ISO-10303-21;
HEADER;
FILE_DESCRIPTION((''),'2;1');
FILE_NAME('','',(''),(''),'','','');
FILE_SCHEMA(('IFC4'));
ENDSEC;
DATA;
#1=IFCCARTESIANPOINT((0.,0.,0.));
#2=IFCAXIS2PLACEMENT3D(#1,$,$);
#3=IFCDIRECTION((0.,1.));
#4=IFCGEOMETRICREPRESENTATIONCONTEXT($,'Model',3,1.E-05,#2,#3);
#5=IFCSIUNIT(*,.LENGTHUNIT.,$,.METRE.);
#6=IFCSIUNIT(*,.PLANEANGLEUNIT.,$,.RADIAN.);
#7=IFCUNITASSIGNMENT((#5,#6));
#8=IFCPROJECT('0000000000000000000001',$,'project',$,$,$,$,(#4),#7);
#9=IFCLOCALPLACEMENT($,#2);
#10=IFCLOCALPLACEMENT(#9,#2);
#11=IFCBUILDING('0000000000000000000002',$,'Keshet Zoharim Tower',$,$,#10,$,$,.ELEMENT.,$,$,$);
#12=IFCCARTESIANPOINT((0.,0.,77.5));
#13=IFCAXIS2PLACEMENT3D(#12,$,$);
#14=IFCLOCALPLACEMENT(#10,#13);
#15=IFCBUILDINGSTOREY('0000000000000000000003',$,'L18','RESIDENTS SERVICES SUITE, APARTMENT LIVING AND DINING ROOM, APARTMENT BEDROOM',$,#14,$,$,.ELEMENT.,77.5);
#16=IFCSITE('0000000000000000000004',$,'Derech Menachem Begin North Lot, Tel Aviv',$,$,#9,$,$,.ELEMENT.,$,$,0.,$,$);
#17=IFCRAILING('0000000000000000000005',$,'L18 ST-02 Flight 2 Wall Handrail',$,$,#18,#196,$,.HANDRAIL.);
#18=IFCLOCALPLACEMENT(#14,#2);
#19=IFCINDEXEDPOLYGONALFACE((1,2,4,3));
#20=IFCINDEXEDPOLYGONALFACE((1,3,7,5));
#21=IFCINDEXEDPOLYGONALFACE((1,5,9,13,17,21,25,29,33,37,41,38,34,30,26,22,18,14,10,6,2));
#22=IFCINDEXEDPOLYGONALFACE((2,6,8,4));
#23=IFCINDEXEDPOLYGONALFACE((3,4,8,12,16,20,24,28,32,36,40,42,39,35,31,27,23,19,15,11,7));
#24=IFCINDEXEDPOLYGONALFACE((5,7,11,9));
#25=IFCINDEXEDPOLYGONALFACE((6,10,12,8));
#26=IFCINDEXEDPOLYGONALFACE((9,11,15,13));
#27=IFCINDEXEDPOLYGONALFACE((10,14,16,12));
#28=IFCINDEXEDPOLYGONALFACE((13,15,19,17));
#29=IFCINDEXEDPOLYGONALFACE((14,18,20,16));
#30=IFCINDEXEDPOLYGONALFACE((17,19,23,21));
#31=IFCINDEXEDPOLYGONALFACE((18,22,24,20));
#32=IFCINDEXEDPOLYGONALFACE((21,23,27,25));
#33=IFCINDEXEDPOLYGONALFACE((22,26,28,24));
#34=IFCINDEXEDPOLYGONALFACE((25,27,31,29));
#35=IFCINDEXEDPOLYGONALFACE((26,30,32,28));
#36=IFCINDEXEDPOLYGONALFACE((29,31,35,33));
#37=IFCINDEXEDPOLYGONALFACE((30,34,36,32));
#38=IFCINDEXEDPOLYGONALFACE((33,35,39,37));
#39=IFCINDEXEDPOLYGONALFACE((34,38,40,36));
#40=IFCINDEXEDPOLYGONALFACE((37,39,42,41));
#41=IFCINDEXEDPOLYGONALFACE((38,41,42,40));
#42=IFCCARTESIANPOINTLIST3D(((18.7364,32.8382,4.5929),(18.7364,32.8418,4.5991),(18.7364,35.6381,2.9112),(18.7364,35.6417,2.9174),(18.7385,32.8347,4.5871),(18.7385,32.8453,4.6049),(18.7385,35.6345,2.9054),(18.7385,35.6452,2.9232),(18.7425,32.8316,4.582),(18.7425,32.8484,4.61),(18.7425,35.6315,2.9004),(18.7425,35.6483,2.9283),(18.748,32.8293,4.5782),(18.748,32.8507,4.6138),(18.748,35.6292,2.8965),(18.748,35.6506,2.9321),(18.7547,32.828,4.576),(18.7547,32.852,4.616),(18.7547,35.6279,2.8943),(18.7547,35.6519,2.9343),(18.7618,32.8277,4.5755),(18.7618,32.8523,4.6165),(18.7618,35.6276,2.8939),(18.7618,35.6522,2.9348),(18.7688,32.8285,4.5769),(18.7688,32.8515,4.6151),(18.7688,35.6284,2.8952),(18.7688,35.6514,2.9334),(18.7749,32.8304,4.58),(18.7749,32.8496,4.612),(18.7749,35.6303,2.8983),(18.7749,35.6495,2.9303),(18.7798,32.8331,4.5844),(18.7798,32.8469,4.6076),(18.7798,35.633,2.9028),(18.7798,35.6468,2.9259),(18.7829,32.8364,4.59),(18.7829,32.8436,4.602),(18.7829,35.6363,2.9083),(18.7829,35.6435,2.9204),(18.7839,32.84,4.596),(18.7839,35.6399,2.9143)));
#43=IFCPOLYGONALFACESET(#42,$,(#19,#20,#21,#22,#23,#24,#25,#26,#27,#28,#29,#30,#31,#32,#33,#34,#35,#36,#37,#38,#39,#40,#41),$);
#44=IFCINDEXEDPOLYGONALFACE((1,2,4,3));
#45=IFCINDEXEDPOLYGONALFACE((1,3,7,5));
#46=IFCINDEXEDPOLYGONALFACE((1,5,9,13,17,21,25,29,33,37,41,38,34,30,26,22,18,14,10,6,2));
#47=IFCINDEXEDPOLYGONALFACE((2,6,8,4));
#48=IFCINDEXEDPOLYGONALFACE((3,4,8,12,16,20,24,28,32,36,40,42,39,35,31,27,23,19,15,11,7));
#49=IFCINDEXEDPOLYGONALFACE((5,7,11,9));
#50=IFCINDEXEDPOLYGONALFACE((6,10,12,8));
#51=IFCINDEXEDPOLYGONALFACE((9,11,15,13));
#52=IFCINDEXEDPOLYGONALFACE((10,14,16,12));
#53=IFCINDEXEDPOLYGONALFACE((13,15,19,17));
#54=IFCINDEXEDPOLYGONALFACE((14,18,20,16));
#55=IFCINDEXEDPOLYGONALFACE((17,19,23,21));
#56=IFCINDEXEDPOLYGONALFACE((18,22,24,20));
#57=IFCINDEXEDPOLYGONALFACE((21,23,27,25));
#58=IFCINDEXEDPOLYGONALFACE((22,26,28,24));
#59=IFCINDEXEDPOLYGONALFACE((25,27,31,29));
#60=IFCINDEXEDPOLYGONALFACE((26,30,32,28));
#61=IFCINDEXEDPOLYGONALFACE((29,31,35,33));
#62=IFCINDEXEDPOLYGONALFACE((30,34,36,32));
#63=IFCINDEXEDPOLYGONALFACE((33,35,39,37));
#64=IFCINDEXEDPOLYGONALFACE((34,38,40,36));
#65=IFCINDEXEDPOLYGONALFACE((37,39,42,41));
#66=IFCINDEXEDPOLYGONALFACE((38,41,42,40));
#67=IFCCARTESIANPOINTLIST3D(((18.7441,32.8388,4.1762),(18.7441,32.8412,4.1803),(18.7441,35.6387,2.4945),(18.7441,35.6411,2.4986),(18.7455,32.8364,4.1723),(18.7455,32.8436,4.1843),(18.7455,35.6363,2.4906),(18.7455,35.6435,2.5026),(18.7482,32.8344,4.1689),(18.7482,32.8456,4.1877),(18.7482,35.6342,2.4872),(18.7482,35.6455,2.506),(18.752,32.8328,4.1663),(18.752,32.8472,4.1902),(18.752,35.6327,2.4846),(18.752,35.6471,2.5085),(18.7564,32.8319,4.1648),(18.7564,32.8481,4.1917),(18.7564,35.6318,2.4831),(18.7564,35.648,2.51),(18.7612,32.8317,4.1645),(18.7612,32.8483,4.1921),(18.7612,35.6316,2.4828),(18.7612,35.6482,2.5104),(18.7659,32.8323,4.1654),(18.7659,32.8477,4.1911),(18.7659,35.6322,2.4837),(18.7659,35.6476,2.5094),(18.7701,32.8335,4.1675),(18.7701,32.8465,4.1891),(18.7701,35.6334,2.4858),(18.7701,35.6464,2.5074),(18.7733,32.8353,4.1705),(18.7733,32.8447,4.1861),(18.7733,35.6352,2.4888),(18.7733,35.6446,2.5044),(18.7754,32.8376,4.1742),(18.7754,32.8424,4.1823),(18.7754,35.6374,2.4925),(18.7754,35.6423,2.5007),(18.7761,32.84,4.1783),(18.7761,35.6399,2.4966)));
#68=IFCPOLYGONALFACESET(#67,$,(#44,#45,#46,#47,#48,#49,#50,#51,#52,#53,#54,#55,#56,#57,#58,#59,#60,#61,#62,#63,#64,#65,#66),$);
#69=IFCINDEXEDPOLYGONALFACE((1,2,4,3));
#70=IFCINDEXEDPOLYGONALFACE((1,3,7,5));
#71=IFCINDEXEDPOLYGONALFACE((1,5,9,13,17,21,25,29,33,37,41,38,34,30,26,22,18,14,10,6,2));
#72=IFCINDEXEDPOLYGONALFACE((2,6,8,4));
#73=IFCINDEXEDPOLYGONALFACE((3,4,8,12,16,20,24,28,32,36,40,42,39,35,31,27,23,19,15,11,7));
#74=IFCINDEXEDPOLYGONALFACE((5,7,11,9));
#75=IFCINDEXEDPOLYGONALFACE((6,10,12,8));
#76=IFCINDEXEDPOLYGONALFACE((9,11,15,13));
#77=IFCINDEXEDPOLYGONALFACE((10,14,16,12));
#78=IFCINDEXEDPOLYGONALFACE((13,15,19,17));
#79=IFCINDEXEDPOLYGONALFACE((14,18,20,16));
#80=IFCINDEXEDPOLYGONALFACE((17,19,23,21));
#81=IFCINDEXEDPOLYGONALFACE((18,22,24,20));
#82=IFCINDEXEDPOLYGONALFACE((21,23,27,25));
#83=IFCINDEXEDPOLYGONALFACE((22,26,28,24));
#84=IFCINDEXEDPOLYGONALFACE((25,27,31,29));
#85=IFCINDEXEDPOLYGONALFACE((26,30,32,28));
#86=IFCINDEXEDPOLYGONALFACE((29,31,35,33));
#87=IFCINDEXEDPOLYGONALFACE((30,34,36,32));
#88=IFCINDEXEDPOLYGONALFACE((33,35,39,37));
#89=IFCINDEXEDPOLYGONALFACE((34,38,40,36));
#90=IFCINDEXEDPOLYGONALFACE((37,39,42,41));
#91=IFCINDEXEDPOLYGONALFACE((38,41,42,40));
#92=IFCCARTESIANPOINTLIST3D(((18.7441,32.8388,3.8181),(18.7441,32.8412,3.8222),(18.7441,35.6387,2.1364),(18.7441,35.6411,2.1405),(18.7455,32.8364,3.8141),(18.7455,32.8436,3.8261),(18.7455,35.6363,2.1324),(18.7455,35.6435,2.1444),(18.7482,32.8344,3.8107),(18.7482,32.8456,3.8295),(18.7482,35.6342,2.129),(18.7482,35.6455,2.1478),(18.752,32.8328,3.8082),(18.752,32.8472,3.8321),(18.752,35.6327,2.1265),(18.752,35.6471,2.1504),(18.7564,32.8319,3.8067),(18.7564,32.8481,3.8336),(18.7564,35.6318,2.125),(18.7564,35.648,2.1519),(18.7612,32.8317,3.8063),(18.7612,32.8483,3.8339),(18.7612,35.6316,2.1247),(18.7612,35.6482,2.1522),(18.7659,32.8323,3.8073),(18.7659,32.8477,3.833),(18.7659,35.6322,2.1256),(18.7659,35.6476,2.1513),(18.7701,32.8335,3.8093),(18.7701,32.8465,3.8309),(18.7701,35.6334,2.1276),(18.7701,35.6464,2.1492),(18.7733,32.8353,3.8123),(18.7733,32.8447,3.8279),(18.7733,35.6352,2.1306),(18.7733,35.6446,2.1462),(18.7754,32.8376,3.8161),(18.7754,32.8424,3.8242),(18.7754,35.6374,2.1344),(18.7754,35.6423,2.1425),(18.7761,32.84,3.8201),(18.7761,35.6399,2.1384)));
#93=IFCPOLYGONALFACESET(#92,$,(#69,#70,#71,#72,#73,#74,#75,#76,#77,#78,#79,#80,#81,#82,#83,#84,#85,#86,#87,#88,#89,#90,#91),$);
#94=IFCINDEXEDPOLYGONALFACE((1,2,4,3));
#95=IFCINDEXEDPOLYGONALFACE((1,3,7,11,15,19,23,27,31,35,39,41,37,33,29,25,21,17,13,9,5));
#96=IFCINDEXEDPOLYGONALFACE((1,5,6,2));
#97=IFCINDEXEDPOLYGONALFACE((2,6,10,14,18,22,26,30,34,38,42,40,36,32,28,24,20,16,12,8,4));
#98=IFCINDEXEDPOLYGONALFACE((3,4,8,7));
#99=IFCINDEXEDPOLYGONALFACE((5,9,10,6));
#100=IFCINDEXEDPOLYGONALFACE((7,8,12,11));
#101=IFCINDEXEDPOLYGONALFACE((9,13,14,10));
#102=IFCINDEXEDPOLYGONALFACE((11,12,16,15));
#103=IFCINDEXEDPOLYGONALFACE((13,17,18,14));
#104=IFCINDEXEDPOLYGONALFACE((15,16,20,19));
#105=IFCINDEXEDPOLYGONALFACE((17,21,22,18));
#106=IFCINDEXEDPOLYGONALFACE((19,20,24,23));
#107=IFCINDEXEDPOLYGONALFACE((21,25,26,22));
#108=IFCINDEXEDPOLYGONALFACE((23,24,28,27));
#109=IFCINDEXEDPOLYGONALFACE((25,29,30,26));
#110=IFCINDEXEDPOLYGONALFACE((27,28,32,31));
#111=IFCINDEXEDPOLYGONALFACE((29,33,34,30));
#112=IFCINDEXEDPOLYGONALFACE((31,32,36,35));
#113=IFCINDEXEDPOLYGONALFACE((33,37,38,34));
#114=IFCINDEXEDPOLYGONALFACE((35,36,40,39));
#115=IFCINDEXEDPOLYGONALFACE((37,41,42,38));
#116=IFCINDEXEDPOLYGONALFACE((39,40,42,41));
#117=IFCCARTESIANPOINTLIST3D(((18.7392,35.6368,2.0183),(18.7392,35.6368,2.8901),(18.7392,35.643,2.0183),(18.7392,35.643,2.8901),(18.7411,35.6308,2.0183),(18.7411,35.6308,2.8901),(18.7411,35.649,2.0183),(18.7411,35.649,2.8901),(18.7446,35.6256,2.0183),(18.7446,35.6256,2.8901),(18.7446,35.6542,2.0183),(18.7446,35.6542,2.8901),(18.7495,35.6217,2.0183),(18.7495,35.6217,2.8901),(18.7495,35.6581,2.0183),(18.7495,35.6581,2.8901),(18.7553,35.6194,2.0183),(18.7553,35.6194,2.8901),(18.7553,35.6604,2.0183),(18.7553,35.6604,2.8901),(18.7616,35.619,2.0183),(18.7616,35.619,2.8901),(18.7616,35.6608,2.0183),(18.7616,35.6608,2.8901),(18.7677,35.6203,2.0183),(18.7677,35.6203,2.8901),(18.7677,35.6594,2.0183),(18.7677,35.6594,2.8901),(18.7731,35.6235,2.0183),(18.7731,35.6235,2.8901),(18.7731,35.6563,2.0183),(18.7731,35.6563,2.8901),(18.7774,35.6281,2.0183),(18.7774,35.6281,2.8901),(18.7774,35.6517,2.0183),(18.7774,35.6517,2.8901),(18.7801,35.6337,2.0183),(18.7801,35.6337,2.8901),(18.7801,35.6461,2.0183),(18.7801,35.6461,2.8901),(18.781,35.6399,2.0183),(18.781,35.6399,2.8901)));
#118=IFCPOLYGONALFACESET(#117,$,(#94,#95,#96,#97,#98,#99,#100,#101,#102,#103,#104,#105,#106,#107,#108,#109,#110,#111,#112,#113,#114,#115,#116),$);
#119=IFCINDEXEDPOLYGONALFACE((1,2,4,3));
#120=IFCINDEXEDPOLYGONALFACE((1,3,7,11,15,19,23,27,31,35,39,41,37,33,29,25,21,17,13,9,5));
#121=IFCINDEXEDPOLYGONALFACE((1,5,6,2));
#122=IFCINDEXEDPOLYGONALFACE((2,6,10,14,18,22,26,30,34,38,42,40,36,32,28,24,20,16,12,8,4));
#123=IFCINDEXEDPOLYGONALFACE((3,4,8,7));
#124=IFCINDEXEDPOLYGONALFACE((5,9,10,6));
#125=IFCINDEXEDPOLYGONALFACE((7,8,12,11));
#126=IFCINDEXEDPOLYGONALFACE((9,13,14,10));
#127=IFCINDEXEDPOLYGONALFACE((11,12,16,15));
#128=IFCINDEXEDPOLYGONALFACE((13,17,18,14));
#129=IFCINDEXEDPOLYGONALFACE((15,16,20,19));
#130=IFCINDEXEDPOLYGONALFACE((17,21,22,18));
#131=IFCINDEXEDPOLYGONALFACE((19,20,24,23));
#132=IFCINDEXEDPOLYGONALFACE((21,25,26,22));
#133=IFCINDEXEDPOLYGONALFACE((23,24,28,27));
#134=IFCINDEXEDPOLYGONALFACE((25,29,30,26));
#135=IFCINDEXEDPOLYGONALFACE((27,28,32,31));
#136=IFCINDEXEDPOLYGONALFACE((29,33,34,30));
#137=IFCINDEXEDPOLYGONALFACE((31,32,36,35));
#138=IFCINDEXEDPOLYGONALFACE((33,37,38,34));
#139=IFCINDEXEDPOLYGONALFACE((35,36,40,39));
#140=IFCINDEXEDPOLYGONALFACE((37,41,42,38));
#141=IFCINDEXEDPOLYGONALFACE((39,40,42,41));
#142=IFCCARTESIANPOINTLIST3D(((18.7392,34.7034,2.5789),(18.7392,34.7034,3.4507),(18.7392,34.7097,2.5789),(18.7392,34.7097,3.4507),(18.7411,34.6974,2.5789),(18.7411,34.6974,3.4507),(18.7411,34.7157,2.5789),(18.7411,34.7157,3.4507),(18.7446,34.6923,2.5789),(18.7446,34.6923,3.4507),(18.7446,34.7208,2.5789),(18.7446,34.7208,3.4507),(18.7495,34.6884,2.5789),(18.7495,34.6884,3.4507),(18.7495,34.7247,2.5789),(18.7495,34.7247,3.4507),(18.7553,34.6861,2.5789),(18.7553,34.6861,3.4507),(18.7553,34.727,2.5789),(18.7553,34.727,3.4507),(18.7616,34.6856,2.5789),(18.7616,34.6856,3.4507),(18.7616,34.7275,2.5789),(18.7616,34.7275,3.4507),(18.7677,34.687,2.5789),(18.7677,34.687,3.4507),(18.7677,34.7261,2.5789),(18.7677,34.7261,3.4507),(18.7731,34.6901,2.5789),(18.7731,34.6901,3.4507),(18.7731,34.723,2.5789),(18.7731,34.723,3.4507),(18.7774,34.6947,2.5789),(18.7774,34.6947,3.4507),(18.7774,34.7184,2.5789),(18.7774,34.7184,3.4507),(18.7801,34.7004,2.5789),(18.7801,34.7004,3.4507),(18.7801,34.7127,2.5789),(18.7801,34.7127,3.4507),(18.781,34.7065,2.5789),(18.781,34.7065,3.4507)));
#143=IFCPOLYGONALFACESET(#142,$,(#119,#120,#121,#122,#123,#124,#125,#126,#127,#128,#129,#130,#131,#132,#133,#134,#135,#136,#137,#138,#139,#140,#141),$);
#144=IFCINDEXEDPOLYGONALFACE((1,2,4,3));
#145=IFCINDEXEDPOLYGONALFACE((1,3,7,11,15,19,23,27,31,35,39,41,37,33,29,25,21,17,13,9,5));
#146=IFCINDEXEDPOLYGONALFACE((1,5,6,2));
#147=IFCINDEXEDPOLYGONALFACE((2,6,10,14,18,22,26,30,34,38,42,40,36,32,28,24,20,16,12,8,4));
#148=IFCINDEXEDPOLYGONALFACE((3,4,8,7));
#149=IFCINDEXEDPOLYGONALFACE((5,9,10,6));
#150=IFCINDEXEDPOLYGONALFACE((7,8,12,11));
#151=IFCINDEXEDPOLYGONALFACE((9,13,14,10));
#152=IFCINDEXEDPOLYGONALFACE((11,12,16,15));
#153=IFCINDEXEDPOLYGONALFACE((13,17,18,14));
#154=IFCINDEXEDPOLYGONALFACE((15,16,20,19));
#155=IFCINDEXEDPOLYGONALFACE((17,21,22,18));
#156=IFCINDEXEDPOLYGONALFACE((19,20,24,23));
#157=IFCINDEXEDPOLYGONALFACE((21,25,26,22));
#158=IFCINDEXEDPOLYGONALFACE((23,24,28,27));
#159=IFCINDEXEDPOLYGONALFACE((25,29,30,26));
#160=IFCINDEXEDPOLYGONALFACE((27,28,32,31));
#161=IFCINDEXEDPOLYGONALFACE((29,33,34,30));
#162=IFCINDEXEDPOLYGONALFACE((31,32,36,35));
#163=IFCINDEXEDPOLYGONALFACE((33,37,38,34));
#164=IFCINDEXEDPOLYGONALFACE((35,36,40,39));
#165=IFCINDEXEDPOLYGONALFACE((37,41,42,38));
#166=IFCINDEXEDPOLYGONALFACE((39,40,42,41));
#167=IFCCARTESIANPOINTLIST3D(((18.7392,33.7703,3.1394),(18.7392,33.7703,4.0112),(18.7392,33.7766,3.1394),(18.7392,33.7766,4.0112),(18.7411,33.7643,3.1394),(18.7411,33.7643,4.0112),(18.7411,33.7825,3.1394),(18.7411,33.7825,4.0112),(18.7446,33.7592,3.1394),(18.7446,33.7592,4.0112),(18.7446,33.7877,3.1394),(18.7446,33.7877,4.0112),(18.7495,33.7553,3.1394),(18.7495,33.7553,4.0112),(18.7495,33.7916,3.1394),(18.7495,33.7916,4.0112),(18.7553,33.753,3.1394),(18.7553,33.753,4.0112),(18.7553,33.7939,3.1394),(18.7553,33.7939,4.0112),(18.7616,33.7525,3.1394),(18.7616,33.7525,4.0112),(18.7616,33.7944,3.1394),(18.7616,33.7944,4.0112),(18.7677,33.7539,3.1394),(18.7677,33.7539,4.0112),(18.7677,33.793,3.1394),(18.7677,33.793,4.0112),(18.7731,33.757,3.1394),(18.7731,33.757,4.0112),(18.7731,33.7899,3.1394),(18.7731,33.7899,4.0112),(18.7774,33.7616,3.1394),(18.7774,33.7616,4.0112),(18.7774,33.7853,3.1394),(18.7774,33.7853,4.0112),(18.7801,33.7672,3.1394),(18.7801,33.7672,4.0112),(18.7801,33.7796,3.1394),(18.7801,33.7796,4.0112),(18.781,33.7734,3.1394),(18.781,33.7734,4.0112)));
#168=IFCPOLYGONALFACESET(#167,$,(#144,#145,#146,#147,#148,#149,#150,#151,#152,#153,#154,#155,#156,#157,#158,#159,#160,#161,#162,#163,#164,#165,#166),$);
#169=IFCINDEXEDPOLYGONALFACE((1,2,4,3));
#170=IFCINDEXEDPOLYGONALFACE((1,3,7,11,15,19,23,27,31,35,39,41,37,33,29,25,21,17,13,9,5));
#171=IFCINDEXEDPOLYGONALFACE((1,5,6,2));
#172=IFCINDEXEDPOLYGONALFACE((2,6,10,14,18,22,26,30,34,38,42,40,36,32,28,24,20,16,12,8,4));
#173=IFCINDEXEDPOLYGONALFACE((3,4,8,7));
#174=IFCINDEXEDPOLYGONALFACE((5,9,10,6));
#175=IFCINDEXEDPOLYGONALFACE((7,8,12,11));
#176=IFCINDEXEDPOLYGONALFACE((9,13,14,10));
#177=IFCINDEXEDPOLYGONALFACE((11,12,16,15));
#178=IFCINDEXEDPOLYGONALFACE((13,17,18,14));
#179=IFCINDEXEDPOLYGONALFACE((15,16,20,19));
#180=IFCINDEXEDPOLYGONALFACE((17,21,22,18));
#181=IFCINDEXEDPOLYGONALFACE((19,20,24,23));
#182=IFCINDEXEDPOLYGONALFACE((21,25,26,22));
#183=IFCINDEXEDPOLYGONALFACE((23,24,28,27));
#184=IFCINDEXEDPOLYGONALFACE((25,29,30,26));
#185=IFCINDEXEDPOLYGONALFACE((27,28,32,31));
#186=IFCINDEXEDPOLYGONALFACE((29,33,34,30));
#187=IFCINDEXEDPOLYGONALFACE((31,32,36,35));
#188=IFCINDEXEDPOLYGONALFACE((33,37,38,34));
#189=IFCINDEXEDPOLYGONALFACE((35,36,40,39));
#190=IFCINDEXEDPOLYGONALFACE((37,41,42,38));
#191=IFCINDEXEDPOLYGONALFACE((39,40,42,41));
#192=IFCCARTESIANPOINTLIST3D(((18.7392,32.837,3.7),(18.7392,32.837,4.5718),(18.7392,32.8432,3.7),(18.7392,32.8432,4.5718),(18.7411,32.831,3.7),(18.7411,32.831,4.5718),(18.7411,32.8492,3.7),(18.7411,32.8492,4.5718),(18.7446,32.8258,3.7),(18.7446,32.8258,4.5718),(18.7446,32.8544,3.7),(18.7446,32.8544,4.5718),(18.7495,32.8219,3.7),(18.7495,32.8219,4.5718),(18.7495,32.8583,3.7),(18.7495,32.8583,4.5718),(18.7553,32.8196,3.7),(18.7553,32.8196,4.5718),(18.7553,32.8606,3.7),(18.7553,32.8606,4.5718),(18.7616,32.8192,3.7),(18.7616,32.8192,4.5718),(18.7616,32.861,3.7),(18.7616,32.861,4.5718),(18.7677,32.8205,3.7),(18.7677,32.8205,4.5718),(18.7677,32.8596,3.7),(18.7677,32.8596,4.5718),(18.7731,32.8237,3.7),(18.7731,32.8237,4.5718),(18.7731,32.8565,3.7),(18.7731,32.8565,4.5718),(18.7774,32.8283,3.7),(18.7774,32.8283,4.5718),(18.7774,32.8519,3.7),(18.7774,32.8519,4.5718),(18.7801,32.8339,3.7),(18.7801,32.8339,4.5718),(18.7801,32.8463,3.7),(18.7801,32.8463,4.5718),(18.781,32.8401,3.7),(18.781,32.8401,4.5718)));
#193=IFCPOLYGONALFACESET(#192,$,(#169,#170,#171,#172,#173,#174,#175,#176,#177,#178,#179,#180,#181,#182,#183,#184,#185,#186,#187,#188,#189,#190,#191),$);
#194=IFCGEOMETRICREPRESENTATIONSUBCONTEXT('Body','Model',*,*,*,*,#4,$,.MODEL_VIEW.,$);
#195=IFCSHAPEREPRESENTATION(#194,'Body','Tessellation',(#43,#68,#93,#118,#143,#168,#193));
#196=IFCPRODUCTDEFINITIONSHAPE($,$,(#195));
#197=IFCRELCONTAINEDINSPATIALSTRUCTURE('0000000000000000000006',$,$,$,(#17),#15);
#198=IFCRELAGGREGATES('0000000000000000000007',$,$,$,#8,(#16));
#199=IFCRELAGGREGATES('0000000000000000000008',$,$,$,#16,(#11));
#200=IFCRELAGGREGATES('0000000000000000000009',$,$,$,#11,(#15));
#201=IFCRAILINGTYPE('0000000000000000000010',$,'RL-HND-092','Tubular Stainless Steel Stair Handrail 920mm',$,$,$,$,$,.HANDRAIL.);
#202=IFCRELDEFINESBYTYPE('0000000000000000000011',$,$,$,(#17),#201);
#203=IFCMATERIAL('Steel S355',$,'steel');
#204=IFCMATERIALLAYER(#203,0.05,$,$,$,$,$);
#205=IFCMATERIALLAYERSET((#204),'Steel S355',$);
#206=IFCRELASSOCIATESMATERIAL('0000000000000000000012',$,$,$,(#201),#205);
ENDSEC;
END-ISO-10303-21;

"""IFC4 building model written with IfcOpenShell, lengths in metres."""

from ifc_helpers import new_model, si_unit, direction, frame, origin, origin_2d, place, context, subcontext, project, spatial, circle, extrude, material, layer, layer_set, type_object, element, save


model = new_model("IFC4")

# Units and contexts
model_context = context("Model", 3, precision=1e-05, world=origin(), true_north=direction((0.0, 1.0)))
body_context = subcontext(model_context, "Body", "Model", "MODEL_VIEW")
ifc_project = project(units=[si_unit("LENGTHUNIT", "METRE"), si_unit("PLANEANGLEUNIT", "RADIAN")], contexts=[model_context])

# Site, building, storey
site_placement = place(None, origin())
site = spatial("IfcSite", under=ifc_project, at=site_placement, Name="Derech Menachem Begin North Lot, Tel Aviv", CompositionType="ELEMENT", RefElevation=0.0)
building_placement = place(site_placement, origin())
building = spatial("IfcBuilding", under=site, at=building_placement, Name="Keshet Zoharim Tower", CompositionType="ELEMENT")
storey_placement = place(building_placement, frame((0.0, 0.0, 77.5)))
storey = spatial("IfcBuildingStorey", under=building, at=storey_placement, Name="L18", Description="RESIDENTS SERVICES SUITE, APARTMENT LIVING AND DINING ROOM, APARTMENT BEDROOM", CompositionType="ELEMENT", Elevation=77.5)

# Shared definitions
ifc_material_1 = material(Name="Steel S355", Category="steel")

# Railing
ifc_layer_1 = layer(ifc_material_1, 0.05)
ifc_layer_set_1 = layer_set([ifc_layer_1], Name="Steel S355")
railing_type_1 = type_object("IfcRailingType", Name="RL-HND-092", Description="Tubular Stainless Steel Stair Handrail 920mm", PredefinedType="HANDRAIL", material=ifc_layer_set_1)
railing_1_placement = place(storey_placement, frame((18.76, 35.6399, 2.0183)))
element("IfcRailing", 1, at=railing_1_placement, inside=storey, type_object=railing_type_1, Name="L18 ST-02 Flight 2 Wall Handrail", PredefinedType="HANDRAIL", context=body_context, shape_type="SweptSolid", body=[
    extrude(circle(Radius=0.0239, at=origin_2d()), frame((0.0, 0.0, 0.896), z_axis=(0.0, -0.857255, 0.514891), x_axis=(1.0, 0.0, 0.0)), (0.0, 0.0, 1.0), 3.2661),
    extrude(circle(Radius=0.0161, at=origin_2d()), frame((0.0, 0.0, 0.4783), z_axis=(0.0, -0.857255, 0.514891), x_axis=(1.0, 0.0, 0.0)), (0.0, 0.0, 1.0), 3.2661),
    extrude(circle(Radius=0.0161, at=origin_2d()), frame((0.0, 0.0, 0.1201), z_axis=(0.0, -0.857255, 0.514891), x_axis=(1.0, 0.0, 0.0)), (0.0, 0.0, 1.0), 3.2661),
    extrude(circle(Radius=0.021, at=origin_2d()), origin(), (0.0, 0.0, 1.0), 0.8718),
    extrude(circle(Radius=0.021, at=origin_2d()), frame((0.0, -0.9333, 0.5605)), (0.0, 0.0, 1.0), 0.8718),
    extrude(circle(Radius=0.021, at=origin_2d()), frame((0.0, -1.8665, 1.1211)), (0.0, 0.0, 1.0), 0.8718),
    extrude(circle(Radius=0.021, at=origin_2d()), frame((0.0, -2.7998, 1.6816)), (0.0, 0.0, 1.0), 0.8718),
])

save(model, "model.ifc")
